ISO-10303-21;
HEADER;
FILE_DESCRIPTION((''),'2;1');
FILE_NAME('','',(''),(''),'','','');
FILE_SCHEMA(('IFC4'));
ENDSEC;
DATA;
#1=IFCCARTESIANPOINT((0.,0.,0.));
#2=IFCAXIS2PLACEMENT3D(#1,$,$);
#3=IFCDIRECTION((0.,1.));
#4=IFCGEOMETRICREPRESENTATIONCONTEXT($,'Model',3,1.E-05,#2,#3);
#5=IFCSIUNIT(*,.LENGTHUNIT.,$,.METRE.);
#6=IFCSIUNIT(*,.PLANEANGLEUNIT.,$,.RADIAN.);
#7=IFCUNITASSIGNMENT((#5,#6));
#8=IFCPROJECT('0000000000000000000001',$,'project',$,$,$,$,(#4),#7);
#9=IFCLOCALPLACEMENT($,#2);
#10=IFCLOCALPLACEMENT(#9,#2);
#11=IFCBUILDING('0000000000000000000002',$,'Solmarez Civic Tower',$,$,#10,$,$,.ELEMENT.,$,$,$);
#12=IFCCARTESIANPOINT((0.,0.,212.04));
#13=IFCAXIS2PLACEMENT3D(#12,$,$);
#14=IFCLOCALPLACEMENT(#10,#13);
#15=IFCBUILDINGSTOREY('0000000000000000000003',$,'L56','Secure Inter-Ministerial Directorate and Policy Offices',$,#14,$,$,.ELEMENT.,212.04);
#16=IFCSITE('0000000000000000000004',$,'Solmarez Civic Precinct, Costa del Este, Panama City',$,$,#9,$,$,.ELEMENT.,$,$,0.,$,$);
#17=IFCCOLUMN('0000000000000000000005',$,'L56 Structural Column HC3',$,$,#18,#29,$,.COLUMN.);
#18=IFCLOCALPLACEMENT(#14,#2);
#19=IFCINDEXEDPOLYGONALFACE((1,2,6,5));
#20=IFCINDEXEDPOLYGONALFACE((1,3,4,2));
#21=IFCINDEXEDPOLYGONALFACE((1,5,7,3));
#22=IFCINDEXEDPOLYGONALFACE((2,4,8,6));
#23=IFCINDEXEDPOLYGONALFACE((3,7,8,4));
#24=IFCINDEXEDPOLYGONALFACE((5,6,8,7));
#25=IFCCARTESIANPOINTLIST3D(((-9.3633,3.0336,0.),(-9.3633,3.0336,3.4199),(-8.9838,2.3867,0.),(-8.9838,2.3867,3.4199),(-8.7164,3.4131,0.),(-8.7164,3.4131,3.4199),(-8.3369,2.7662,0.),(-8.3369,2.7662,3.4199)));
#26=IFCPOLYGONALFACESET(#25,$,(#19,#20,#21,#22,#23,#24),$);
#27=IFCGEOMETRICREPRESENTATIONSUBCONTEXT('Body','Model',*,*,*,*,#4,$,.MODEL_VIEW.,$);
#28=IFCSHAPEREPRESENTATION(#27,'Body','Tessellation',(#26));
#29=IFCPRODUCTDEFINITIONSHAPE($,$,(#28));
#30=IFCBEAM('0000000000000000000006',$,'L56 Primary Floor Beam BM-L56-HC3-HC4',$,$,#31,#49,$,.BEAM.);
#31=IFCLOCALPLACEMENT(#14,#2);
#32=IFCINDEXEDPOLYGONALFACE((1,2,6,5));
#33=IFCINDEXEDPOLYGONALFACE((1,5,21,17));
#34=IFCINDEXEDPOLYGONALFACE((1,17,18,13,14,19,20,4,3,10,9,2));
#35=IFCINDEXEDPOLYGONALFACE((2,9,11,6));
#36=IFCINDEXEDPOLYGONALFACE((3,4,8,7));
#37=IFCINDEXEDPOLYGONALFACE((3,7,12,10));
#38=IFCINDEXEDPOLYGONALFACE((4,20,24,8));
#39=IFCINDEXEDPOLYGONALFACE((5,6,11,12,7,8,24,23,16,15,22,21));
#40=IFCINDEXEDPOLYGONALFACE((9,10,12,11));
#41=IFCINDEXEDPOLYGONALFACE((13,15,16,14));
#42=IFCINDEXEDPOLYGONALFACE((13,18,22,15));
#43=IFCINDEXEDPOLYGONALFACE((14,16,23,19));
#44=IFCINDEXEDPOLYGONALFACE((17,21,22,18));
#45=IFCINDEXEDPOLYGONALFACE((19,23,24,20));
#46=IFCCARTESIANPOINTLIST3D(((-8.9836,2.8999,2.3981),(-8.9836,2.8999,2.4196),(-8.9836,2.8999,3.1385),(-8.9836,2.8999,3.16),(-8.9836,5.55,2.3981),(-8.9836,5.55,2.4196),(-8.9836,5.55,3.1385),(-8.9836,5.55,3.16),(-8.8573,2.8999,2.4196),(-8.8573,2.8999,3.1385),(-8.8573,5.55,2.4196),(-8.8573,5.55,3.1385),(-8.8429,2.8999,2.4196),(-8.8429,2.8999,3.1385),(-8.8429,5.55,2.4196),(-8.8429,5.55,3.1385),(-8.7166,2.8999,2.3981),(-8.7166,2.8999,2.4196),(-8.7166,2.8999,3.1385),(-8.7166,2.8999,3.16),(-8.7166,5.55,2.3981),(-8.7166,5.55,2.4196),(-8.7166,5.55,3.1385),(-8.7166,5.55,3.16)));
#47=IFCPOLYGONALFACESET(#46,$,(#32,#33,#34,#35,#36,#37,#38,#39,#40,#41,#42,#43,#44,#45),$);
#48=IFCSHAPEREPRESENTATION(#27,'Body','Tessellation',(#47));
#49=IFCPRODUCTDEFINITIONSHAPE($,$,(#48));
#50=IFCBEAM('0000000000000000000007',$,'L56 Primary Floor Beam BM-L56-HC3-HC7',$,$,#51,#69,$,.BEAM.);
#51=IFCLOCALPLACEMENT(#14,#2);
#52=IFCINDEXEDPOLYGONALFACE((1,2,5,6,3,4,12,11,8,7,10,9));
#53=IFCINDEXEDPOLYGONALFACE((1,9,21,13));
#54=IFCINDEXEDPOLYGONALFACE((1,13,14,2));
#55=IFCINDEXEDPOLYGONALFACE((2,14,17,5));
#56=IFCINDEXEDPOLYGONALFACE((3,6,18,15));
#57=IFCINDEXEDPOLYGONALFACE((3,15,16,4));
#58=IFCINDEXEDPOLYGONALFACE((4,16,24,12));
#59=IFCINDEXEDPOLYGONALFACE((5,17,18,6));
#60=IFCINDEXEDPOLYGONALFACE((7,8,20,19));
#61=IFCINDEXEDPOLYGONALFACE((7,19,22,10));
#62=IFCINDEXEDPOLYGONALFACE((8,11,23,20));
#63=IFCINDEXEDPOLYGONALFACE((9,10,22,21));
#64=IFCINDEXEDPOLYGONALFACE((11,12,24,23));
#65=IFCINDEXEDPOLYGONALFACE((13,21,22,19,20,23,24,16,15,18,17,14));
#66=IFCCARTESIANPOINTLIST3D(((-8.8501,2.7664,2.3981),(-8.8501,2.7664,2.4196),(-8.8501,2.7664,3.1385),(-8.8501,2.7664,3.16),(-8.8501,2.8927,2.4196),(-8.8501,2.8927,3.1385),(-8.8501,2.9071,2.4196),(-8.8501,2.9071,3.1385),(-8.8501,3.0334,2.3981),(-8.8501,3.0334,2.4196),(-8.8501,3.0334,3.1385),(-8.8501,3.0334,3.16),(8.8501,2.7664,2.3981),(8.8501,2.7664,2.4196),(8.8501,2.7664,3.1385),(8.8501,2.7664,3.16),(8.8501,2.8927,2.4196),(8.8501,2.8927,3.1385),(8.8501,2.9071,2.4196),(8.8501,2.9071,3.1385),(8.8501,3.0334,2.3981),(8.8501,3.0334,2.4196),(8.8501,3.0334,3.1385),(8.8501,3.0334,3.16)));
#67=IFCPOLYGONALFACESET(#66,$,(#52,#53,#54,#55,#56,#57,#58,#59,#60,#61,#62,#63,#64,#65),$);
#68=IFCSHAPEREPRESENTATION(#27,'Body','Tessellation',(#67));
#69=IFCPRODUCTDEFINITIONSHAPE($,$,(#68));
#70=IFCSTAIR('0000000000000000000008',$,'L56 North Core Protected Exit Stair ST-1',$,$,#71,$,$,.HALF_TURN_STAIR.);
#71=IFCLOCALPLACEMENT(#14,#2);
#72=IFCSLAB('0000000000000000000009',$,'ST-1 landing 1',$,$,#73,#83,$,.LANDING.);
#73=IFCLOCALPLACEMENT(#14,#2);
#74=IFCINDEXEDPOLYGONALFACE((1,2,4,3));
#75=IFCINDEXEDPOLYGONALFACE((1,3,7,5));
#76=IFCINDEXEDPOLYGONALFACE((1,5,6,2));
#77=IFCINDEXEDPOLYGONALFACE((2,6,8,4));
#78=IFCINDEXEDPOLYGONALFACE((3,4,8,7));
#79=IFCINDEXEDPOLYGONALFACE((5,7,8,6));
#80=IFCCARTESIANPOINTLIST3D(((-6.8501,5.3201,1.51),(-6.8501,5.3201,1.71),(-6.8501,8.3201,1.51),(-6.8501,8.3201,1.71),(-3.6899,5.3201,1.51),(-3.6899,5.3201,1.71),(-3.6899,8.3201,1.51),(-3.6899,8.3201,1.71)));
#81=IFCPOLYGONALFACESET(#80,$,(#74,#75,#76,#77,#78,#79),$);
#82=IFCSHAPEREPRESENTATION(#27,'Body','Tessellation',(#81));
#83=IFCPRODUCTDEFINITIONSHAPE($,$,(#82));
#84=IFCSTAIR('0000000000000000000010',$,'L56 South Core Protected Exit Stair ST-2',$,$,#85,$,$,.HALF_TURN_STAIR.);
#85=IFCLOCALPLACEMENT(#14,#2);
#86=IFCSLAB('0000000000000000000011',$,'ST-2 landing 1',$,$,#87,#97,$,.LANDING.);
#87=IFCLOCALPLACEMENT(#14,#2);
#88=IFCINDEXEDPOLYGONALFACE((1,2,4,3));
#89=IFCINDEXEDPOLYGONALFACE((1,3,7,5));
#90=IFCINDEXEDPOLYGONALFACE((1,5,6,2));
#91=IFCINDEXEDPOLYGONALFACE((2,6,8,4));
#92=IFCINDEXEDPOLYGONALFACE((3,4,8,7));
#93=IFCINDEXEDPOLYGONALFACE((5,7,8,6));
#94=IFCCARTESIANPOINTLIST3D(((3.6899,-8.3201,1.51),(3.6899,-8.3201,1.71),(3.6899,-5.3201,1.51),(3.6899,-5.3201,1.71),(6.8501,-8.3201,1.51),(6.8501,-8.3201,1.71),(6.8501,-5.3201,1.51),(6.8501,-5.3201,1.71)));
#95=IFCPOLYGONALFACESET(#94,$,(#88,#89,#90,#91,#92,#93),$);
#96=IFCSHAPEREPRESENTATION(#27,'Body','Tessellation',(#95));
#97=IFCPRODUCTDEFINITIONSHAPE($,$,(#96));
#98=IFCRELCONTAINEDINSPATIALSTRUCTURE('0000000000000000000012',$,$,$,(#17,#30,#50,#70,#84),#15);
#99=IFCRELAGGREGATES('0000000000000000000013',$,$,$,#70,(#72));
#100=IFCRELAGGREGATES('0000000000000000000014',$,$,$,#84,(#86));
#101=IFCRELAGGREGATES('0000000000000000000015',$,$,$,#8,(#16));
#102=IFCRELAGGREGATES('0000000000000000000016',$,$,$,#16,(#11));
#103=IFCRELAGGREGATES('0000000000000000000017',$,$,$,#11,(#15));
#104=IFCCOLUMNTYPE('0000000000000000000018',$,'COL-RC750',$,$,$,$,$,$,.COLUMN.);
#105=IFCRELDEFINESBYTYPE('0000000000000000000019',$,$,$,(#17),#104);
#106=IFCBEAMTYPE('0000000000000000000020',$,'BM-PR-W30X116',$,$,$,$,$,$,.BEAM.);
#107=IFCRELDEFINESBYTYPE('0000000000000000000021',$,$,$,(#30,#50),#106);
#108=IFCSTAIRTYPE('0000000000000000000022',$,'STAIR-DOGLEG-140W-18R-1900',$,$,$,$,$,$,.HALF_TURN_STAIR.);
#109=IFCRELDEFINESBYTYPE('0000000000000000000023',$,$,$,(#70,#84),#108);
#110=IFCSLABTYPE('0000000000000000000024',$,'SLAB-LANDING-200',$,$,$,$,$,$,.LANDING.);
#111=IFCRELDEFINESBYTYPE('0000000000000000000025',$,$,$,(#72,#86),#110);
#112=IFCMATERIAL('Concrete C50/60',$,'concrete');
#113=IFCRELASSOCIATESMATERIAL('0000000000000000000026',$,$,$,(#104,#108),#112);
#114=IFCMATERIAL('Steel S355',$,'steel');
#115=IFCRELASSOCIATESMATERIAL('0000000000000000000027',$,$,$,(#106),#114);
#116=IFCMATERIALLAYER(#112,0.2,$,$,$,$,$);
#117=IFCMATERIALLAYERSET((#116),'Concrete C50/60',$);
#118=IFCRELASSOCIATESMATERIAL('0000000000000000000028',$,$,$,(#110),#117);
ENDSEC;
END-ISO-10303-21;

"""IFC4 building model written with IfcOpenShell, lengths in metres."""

from ifc_helpers import new_model, si_unit, direction, frame, origin, origin_2d, place, context, subcontext, project, spatial, polyline, rectangle, i_section, outline, extrude, material, layer, layer_set, material_profile, profile_set, type_object, element, aggregate, save


model = new_model("IFC4")

# Units and contexts
model_context = context("Model", 3, precision=1e-05, world=origin(), true_north=direction((0.0, 1.0)))
body_context = subcontext(model_context, "Body", "Model", "MODEL_VIEW")
ifc_project = project(units=[si_unit("LENGTHUNIT", "METRE"), si_unit("PLANEANGLEUNIT", "RADIAN")], contexts=[model_context])

# Site, building, storey
site_placement = place(None, origin())
site = spatial("IfcSite", under=ifc_project, at=site_placement, Name="Solmarez Civic Precinct, Costa del Este, Panama City", CompositionType="ELEMENT", RefElevation=0.0)
building_placement = place(site_placement, origin())
building = spatial("IfcBuilding", under=site, at=building_placement, Name="Solmarez Civic Tower", CompositionType="ELEMENT")
storey_placement = place(building_placement, frame((0.0, 0.0, 212.04)))
storey = spatial("IfcBuildingStorey", under=building, at=storey_placement, Name="L56", Description="Secure Inter-Ministerial Directorate and Policy Offices", CompositionType="ELEMENT", Elevation=212.04)

# Column
ifc_material_1 = material(Name="Concrete C50/60", Category="concrete")
ifc_material_profile_1 = material_profile(ifc_material_1, rectangle(XDim=0.75, YDim=0.75, at=origin_2d()), Name="RC750X750")
ifc_profile_set_1 = profile_set([ifc_material_profile_1], Name="Concrete C50/60")
column_type = type_object("IfcColumnType", Name="COL-RC750", PredefinedType="COLUMN", material=ifc_profile_set_1)
column_placement = place(storey_placement, frame((-8.8501, 2.8999, 0.0), z_axis=(0.0, 0.0, 1.0), x_axis=(0.862514, 0.506034, 0.0)))
element("IfcColumn", 1, at=column_placement, inside=storey, type_object=column_type, Name="L56 Structural Column HC3", PredefinedType="COLUMN", context=body_context, shape_type="SweptSolid", body=[
    extrude(rectangle(XDim=0.75, YDim=0.75, at=origin_2d()), origin(), (0.0, 0.0, 1.0), 3.4199),
])

# Beams
ifc_material_2 = material(Name="Steel S355", Category="steel")
ifc_material_profile_2 = material_profile(ifc_material_2, i_section(OverallWidth=0.2671, OverallDepth=0.762, WebThickness=0.0144, FlangeThickness=0.0215, at=origin_2d()), Name="W30X116")
ifc_profile_set_2 = profile_set([ifc_material_profile_2], Name="Steel S355")
beam_type = type_object("IfcBeamType", Name="BM-PR-W30X116", PredefinedType="BEAM", material=ifc_profile_set_2)
beam_1_placement = place(storey_placement, frame((-8.8501, 2.8999, 2.7791), z_axis=(0.0, 1.0, 0.0), x_axis=(-1.0, 0.0, 0.0)))
element("IfcBeam", 2, at=beam_1_placement, inside=storey, type_object=beam_type, Name="L56 Primary Floor Beam BM-L56-HC3-HC4", PredefinedType="BEAM", context=body_context, shape_type="SweptSolid", body=[
    extrude(i_section(OverallWidth=0.2671, OverallDepth=0.762, WebThickness=0.0144, FlangeThickness=0.0215, at=origin_2d()), origin(), (0.0, 0.0, 1.0), 2.6501),
])
beam_2_placement = place(storey_placement, frame((-8.8501, 2.8999, 2.7791), z_axis=(1.0, 0.0, 0.0), x_axis=(0.0, 1.0, 0.0)))
element("IfcBeam", 3, at=beam_2_placement, inside=storey, type_object=beam_type, Name="L56 Primary Floor Beam BM-L56-HC3-HC7", PredefinedType="BEAM", context=body_context, shape_type="SweptSolid", body=[
    extrude(i_section(OverallWidth=0.2671, OverallDepth=0.762, WebThickness=0.0144, FlangeThickness=0.0215, at=origin_2d()), origin(), (0.0, 0.0, 1.0), 17.7002),
])

# Stairs, slabs
stair_type = type_object("IfcStairType", Name="STAIR-DOGLEG-140W-18R-1900", PredefinedType="HALF_TURN_STAIR", material=ifc_material_1)
stair_1_placement = place(storey_placement, origin())
stair_1 = element("IfcStair", 4, at=stair_1_placement, inside=storey, type_object=stair_type, Name="L56 North Core Protected Exit Stair ST-1", PredefinedType="HALF_TURN_STAIR")
ifc_layer_1 = layer(ifc_material_1, 0.2)
ifc_layer_set_1 = layer_set([ifc_layer_1], Name="Concrete C50/60")
slab_type_1 = type_object("IfcSlabType", Name="SLAB-LANDING-200", PredefinedType="LANDING", material=ifc_layer_set_1)
slab_1_placement = place(storey_placement, frame((0.0, 0.0, 1.51)))
slab_1 = element("IfcSlab", 5, at=slab_1_placement, type_object=slab_type_1, Name="ST-1 landing 1", PredefinedType="LANDING", context=body_context, shape_type="SweptSolid", body=[
    extrude(outline(polyline([(-3.6899, 8.3201), (-6.8501, 8.3201), (-6.8501, 5.3201), (-3.6899, 5.3201), (-3.6899, 8.3201)])), origin(), (0.0, 0.0, 1.0), 0.2),
])
aggregate(stair_1, [slab_1])
stair_2_placement = place(storey_placement, origin())
stair_2 = element("IfcStair", 6, at=stair_2_placement, inside=storey, type_object=stair_type, Name="L56 South Core Protected Exit Stair ST-2", PredefinedType="HALF_TURN_STAIR")
slab_2_placement = place(storey_placement, frame((0.0, 0.0, 1.51)))
slab_2 = element("IfcSlab", 7, at=slab_2_placement, type_object=slab_type_1, Name="ST-2 landing 1", PredefinedType="LANDING", context=body_context, shape_type="SweptSolid", body=[
    extrude(outline(polyline([(3.6899, -8.3201), (6.8501, -8.3201), (6.8501, -5.3201), (3.6899, -5.3201), (3.6899, -8.3201)])), origin(), (0.0, 0.0, 1.0), 0.2),
])
aggregate(stair_2, [slab_2])

save(model, "model.ifc")
